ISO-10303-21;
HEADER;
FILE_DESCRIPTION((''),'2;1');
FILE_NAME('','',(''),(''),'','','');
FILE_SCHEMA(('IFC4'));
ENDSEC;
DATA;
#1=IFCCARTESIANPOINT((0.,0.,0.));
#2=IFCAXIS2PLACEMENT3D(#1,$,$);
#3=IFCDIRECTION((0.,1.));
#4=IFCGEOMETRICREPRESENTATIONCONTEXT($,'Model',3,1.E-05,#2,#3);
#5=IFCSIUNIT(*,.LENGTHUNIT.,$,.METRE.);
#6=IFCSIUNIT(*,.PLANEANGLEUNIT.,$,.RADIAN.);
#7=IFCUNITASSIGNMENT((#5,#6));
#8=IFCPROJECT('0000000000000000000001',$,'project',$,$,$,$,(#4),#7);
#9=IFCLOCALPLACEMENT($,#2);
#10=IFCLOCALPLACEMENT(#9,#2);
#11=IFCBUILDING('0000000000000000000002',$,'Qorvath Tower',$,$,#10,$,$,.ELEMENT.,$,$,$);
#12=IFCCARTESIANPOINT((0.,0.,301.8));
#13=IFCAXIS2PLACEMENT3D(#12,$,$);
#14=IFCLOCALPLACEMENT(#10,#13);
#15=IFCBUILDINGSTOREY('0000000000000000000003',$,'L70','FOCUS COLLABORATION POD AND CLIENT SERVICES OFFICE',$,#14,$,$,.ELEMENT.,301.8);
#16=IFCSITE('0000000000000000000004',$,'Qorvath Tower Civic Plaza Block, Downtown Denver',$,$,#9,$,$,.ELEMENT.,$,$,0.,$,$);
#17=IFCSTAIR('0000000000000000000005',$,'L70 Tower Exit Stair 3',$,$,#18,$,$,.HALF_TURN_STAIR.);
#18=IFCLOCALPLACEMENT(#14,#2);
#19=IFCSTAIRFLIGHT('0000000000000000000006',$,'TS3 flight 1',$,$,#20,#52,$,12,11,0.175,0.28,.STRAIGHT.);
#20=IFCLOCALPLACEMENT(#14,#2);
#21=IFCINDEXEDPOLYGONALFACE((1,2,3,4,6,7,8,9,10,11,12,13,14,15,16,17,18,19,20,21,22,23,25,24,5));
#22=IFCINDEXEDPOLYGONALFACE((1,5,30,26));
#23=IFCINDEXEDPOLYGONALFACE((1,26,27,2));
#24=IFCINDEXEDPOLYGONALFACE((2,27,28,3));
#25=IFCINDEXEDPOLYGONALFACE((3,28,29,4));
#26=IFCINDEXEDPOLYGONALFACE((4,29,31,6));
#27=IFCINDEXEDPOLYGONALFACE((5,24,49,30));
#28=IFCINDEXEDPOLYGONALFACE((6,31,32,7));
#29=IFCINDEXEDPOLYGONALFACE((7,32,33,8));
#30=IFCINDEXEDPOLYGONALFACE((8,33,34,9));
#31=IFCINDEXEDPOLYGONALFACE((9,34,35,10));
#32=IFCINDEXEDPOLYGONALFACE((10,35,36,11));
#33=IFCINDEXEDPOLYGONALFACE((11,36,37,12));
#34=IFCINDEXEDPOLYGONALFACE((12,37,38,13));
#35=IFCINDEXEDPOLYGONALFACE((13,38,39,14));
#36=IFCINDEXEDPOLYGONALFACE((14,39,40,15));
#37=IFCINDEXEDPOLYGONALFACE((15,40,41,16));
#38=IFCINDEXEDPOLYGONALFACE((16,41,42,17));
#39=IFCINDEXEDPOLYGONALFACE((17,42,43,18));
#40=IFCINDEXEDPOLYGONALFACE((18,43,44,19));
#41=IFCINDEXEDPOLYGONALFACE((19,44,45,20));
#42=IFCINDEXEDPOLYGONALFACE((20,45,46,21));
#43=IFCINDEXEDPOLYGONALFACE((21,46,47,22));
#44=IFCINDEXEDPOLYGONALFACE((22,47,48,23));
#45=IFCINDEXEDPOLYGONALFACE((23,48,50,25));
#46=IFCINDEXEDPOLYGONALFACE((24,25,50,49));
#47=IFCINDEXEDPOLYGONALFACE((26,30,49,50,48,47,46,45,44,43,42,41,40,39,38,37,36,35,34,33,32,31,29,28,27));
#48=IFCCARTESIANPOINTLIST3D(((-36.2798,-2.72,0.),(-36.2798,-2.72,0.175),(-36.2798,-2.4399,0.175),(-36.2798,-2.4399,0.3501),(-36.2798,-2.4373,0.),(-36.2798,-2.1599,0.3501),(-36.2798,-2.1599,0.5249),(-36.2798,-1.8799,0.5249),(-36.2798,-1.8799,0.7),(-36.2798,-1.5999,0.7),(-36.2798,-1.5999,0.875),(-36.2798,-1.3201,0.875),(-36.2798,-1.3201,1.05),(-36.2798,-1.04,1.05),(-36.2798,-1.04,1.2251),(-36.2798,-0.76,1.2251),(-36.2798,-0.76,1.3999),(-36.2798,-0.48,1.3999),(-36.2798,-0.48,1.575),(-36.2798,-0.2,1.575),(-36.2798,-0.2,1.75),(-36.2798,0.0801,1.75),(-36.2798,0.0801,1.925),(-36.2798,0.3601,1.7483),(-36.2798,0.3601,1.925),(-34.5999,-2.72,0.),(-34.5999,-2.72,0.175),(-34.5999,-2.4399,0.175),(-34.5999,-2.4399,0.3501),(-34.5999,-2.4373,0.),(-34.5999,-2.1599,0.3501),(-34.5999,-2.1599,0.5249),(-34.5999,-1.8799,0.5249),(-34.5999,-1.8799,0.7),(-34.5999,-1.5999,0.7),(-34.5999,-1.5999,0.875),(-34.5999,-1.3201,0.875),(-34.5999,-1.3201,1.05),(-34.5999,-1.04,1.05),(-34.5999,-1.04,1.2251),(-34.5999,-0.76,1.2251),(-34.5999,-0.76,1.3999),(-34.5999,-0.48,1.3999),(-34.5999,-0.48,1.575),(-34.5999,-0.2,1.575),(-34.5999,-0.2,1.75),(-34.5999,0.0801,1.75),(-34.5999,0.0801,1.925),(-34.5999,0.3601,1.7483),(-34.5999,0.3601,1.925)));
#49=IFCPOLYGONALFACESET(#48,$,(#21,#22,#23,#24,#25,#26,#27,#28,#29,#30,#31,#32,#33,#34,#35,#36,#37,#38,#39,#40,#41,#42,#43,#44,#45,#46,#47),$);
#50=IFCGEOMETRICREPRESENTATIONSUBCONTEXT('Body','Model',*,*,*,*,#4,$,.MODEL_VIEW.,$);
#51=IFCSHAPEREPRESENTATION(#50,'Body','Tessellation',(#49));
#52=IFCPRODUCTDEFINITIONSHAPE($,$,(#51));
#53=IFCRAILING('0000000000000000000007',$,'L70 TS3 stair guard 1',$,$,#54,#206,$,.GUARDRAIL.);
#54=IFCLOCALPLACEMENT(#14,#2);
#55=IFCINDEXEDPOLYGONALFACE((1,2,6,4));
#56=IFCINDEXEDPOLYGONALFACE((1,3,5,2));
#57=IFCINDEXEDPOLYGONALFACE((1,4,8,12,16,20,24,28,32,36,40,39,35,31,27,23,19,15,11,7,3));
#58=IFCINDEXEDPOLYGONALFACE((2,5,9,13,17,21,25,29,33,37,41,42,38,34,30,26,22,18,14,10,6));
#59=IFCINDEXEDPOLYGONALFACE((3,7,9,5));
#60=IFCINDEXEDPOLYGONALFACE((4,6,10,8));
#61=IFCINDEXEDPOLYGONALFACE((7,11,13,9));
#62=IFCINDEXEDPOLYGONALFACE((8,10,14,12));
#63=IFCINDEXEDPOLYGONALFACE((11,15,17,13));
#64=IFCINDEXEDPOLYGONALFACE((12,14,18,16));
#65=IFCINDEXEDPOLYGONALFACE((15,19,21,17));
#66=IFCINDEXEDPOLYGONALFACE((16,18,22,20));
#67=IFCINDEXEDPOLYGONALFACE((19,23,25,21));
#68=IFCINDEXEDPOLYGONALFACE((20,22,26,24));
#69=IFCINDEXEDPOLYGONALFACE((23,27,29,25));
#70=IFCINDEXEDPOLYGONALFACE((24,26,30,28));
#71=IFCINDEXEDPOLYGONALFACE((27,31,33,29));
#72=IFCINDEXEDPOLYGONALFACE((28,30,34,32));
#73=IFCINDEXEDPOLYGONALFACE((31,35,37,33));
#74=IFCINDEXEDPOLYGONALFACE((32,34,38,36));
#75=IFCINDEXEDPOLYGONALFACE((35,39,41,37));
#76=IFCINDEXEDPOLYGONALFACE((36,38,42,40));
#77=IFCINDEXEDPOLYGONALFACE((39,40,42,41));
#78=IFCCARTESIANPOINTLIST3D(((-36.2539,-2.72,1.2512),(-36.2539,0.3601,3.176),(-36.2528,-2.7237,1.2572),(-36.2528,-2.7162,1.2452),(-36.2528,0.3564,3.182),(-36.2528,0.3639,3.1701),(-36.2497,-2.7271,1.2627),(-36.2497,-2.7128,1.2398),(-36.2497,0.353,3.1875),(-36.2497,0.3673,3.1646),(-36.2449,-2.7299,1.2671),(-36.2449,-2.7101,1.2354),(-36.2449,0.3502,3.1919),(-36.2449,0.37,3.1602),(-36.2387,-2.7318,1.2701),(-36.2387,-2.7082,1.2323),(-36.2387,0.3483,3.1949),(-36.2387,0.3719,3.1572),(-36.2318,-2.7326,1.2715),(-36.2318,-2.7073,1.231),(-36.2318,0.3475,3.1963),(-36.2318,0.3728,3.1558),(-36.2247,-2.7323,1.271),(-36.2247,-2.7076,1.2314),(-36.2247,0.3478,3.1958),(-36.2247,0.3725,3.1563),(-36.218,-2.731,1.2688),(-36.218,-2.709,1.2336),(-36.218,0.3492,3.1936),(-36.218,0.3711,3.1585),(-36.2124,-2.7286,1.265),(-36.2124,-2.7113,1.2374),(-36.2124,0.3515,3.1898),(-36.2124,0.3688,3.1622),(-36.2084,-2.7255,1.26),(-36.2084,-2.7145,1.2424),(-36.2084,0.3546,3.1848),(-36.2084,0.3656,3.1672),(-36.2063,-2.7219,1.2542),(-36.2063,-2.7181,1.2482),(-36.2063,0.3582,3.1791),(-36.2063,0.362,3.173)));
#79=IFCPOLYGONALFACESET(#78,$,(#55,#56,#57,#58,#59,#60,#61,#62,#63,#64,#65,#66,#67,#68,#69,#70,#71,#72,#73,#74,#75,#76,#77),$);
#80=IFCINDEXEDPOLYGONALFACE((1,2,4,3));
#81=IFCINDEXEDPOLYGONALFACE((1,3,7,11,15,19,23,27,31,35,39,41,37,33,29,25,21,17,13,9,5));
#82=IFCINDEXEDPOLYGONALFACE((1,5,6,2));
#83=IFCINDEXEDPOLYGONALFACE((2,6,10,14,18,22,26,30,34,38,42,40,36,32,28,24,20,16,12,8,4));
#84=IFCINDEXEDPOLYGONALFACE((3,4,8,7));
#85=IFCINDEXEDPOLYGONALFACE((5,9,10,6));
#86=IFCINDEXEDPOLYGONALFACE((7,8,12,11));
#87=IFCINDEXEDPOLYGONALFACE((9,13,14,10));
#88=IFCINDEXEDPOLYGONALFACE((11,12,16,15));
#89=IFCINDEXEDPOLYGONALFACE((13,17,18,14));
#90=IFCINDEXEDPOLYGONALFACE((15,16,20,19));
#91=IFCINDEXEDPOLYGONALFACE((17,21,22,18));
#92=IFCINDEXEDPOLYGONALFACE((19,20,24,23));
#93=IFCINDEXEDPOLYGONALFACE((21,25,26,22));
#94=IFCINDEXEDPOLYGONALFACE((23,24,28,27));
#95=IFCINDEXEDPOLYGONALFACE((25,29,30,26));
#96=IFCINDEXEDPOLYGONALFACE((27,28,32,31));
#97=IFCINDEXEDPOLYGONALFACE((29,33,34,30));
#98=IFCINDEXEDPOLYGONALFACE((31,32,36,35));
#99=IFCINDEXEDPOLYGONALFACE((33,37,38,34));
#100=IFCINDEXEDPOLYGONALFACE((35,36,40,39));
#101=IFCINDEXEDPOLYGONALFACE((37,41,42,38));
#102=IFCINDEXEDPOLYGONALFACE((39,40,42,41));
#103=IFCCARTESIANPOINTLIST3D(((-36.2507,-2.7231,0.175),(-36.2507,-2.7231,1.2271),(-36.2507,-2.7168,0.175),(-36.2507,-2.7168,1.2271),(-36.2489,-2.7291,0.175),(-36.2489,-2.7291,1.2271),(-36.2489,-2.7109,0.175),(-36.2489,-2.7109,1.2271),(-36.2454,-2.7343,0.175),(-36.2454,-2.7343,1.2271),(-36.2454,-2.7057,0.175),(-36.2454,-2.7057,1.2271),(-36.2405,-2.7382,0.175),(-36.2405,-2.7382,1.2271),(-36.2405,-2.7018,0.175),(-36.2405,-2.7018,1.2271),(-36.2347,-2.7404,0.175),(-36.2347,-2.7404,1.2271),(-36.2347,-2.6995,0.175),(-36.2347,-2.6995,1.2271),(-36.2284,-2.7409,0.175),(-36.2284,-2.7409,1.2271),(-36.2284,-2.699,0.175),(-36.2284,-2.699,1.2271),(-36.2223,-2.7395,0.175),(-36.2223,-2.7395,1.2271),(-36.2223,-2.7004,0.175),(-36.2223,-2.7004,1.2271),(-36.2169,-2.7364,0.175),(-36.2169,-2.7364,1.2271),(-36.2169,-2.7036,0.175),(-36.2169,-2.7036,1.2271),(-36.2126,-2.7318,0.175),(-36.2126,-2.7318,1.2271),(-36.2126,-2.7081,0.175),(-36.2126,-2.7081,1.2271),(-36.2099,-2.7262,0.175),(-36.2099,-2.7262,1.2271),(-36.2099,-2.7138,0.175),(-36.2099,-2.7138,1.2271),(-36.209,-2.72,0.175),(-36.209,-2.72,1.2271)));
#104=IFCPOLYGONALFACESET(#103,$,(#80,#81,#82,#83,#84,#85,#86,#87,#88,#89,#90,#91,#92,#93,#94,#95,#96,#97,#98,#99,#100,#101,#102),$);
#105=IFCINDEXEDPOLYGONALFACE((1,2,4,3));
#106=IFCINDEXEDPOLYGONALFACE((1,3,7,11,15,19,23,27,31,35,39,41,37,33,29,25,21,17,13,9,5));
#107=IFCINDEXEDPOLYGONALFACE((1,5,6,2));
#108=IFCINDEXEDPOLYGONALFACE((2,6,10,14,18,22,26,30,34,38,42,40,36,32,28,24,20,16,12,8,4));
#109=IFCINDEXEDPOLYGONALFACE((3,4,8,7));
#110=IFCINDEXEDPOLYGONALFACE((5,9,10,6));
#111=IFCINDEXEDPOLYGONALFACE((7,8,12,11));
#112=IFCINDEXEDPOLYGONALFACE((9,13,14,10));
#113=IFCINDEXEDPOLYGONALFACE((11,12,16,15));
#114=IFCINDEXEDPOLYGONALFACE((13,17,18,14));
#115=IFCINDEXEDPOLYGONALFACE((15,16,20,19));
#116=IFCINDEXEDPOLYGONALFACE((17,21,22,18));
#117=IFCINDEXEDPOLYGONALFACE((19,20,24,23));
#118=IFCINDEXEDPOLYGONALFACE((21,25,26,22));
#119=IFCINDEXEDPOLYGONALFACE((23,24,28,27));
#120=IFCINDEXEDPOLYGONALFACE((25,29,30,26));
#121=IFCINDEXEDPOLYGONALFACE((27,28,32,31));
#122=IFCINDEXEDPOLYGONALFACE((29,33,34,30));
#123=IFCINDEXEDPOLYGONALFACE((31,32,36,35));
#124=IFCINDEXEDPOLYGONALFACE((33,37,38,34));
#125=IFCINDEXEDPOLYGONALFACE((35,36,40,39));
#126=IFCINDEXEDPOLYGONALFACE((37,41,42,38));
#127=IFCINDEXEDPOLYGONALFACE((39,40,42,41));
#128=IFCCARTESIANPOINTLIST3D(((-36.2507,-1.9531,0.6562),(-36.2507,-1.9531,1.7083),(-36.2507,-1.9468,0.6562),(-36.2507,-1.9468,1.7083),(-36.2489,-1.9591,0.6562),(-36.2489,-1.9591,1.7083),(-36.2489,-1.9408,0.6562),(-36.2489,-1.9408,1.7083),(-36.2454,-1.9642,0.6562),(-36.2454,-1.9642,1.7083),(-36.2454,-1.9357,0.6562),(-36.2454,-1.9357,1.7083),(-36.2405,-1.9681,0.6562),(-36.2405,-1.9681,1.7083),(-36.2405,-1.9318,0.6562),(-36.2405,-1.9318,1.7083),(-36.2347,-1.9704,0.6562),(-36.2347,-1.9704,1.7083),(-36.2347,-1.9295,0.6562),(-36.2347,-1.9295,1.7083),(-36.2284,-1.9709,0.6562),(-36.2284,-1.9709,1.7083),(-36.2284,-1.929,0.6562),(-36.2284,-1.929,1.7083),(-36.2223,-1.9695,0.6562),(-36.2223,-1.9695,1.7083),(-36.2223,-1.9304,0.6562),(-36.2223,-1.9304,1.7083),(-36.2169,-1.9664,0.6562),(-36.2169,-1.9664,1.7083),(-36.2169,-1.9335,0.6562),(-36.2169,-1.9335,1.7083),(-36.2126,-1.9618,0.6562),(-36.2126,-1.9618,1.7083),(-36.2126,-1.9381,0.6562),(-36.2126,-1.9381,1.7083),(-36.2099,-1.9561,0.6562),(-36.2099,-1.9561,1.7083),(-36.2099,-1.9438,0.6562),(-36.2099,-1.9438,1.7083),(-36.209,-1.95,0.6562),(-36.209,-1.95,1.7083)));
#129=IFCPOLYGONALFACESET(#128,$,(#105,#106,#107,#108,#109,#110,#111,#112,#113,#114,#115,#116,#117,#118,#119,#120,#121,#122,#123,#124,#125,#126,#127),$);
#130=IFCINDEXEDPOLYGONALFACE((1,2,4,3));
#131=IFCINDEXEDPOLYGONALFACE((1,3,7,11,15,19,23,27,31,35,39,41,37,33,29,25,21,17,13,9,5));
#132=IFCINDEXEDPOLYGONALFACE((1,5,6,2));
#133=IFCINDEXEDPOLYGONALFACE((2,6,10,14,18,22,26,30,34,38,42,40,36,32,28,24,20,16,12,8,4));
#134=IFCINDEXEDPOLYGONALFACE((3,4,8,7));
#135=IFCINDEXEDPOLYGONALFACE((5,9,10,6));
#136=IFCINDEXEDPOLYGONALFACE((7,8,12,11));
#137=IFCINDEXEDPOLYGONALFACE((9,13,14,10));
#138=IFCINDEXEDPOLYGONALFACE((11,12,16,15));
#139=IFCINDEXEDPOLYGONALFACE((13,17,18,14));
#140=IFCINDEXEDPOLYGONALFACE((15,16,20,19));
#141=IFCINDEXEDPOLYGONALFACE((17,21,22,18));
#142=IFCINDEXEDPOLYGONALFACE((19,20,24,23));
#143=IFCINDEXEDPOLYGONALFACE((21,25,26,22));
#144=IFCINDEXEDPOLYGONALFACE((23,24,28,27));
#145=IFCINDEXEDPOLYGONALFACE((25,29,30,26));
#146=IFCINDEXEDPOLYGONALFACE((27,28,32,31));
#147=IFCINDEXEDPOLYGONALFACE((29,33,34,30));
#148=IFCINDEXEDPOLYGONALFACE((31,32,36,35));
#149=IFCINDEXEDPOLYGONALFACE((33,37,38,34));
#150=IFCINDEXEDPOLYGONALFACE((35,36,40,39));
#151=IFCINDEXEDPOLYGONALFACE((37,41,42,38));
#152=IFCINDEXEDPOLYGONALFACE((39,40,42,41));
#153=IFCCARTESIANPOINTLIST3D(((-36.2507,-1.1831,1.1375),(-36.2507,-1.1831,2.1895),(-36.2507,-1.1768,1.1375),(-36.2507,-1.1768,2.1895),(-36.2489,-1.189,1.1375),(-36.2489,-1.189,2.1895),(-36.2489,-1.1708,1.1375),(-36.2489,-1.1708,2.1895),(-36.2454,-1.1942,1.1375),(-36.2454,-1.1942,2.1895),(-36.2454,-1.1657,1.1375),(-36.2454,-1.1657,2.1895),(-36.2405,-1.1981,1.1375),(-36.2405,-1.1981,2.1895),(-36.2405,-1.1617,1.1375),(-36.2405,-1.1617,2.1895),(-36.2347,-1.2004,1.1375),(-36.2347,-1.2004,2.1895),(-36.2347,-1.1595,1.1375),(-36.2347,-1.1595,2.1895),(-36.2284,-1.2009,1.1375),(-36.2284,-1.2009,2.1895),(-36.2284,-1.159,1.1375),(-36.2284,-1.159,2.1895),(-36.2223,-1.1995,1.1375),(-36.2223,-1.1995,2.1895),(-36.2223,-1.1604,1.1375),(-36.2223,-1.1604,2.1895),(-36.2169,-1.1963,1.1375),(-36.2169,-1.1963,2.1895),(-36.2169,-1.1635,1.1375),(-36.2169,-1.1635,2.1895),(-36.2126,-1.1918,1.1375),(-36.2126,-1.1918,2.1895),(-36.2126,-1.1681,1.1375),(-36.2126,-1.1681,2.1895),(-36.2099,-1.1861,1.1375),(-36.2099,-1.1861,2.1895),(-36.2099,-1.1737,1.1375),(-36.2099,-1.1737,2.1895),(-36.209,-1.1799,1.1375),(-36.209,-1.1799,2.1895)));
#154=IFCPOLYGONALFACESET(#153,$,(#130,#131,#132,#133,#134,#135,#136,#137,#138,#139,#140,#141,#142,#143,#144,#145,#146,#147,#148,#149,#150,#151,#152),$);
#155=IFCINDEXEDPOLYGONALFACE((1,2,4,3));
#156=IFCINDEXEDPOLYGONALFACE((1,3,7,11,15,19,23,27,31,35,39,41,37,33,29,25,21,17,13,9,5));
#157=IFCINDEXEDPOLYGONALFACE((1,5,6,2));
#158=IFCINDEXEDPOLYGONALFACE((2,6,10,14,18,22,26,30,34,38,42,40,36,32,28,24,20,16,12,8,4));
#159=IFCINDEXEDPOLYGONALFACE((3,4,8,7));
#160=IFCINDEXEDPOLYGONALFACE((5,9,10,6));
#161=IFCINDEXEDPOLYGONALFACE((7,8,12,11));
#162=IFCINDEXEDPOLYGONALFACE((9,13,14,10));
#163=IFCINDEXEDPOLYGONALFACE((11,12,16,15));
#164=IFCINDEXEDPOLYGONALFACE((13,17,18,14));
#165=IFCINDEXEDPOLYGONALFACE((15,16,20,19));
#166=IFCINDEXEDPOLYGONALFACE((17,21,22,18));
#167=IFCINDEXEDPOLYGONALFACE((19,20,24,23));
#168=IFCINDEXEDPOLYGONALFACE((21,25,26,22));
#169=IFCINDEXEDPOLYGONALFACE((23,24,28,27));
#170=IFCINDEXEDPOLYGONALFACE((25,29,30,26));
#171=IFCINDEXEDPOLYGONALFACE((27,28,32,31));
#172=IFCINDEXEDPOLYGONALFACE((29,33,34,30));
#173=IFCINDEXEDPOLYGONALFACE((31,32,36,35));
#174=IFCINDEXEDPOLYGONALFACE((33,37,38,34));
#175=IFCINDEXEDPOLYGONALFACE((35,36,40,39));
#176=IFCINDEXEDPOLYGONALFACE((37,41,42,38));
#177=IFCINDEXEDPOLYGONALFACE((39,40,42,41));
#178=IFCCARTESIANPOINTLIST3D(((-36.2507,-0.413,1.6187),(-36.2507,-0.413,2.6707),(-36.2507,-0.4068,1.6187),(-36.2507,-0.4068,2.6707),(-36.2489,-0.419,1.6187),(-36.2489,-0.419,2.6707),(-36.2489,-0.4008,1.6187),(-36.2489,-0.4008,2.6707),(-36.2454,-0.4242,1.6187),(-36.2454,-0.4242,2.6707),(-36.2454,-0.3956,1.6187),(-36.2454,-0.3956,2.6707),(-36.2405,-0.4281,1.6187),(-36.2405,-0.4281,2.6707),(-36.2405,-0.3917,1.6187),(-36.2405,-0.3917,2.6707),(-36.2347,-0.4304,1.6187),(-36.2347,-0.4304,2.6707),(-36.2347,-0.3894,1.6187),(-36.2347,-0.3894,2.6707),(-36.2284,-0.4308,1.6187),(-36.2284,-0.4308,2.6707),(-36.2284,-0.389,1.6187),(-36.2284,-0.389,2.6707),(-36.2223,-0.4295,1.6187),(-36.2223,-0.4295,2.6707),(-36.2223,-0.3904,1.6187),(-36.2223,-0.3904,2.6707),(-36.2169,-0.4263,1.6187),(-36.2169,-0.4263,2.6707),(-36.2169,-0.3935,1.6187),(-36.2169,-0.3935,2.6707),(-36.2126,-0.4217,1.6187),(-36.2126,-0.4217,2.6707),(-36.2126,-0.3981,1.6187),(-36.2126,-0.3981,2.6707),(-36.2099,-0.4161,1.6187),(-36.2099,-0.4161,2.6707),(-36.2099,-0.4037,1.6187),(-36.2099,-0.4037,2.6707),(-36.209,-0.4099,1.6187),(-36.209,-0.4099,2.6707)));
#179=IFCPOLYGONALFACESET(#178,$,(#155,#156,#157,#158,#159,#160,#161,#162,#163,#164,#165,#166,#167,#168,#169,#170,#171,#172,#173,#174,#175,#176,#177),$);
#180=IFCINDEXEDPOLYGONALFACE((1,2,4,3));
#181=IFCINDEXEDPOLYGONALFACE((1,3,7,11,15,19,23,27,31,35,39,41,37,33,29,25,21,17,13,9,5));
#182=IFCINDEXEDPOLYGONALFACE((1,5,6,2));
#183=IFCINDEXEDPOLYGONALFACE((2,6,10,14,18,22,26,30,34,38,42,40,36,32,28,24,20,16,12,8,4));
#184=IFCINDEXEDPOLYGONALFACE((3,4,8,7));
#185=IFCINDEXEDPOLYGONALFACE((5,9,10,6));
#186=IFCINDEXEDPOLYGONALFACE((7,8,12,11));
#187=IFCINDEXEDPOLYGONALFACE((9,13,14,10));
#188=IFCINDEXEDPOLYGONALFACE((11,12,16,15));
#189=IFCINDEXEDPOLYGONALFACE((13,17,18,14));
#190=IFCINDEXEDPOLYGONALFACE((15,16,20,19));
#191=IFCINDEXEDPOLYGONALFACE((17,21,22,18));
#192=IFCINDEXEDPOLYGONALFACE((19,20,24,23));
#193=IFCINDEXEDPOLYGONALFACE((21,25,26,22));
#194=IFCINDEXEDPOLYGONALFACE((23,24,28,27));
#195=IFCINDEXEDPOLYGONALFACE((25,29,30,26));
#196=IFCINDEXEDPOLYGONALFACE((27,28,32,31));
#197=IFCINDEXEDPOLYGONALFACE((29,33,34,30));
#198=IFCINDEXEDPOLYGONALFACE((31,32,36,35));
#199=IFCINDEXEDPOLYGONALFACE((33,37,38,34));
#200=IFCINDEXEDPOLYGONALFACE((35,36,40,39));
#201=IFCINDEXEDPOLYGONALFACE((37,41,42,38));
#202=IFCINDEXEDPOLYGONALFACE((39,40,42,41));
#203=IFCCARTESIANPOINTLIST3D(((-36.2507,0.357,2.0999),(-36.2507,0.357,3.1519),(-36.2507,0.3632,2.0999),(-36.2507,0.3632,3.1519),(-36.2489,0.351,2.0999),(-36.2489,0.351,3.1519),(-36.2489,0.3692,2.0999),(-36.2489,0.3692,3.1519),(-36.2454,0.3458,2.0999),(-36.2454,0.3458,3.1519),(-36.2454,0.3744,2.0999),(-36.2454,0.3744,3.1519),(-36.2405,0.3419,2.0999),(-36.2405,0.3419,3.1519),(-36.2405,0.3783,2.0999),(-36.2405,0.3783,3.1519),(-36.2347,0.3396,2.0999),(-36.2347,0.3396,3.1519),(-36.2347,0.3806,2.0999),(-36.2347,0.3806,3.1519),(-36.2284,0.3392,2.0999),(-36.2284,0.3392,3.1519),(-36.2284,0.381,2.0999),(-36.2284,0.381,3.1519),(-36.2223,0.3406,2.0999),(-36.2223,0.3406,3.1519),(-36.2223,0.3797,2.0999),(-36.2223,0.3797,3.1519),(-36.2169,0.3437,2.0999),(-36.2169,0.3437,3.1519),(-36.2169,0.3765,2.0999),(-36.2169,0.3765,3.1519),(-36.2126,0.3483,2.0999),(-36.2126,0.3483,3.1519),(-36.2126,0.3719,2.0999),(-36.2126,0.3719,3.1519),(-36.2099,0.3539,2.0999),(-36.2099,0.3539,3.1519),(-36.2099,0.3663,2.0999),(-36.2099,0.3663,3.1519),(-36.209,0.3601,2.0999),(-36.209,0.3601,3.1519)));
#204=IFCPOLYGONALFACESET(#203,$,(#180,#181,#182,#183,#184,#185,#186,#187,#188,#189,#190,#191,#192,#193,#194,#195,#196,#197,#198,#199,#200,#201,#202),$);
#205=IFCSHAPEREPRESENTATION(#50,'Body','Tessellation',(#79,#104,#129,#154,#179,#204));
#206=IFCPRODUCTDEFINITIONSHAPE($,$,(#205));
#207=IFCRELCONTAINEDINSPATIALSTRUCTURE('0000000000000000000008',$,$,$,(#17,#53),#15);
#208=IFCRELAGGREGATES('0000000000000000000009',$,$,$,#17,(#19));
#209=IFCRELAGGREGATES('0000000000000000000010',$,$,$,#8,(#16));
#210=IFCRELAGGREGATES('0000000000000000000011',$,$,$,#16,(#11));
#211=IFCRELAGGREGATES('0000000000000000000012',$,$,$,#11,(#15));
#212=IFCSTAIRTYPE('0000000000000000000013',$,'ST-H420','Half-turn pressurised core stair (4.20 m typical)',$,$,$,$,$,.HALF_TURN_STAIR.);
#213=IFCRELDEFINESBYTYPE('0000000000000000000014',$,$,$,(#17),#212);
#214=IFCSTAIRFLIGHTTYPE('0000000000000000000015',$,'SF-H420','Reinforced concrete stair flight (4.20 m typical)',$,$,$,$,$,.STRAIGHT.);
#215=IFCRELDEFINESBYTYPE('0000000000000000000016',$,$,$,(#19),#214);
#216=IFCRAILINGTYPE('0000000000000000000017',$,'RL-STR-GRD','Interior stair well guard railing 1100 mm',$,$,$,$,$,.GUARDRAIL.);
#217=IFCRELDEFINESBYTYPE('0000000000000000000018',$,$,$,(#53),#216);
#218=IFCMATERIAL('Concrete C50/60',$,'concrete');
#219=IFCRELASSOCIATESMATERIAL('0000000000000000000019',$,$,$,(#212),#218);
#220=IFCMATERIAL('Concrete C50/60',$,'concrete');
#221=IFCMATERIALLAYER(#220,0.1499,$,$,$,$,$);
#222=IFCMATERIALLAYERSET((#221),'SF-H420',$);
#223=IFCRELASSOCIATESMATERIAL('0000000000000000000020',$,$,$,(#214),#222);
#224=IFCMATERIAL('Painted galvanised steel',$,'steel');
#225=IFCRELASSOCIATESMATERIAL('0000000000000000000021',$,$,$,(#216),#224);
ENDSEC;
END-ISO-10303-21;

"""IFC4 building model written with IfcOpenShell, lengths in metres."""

from ifc_helpers import new_model, si_unit, direction, frame, origin, origin_2d, place, context, subcontext, project, spatial, polyline, circle, outline, extrude, material, layer, layer_set, type_object, element, aggregate, save


model = new_model("IFC4")

# Units and contexts
model_context = context("Model", 3, precision=1e-05, world=origin(), true_north=direction((0.0, 1.0)))
body_context = subcontext(model_context, "Body", "Model", "MODEL_VIEW")
ifc_project = project(units=[si_unit("LENGTHUNIT", "METRE"), si_unit("PLANEANGLEUNIT", "RADIAN")], contexts=[model_context])

# Site, building, storey
site_placement = place(None, origin())
site = spatial("IfcSite", under=ifc_project, at=site_placement, Name="Qorvath Tower Civic Plaza Block, Downtown Denver", CompositionType="ELEMENT", RefElevation=0.0)
building_placement = place(site_placement, origin())
building = spatial("IfcBuilding", under=site, at=building_placement, Name="Qorvath Tower", CompositionType="ELEMENT")
storey_placement = place(building_placement, frame((0.0, 0.0, 301.8)))
storey = spatial("IfcBuildingStorey", under=building, at=storey_placement, Name="L70", Description="FOCUS COLLABORATION POD AND CLIENT SERVICES OFFICE", CompositionType="ELEMENT", Elevation=301.8)

# Stair, stair flight
ifc_material_1 = material(Name="Concrete C50/60", Category="concrete")
stair_type = type_object("IfcStairType", Name="ST-H420", Description="Half-turn pressurised core stair (4.20 m typical)", PredefinedType="HALF_TURN_STAIR", material=ifc_material_1)
stair_placement = place(storey_placement, origin())
stair = element("IfcStair", 1, at=stair_placement, inside=storey, type_object=stair_type, Name="L70 Tower Exit Stair 3", PredefinedType="HALF_TURN_STAIR")
ifc_material_2 = material(Name="Concrete C50/60", Category="concrete")
ifc_layer_1 = layer(ifc_material_2, 0.1499)
ifc_layer_set_1 = layer_set([ifc_layer_1], Name="SF-H420")
stair_flight_type = type_object("IfcStairFlightType", Name="SF-H420", Description="Reinforced concrete stair flight (4.20 m typical)", PredefinedType="STRAIGHT", material=ifc_layer_set_1)
stair_flight_placement = place(storey_placement, frame((-35.4399, -2.72, 0.0), z_axis=(0.0, 0.0, 1.0), x_axis=(0.0, 1.0, 0.0)))
stair_flight = element("IfcStairFlight", 2, at=stair_flight_placement, type_object=stair_flight_type, Name="TS3 flight 1", NumberOfRisers=12, NumberOfTreads=11, PredefinedType="STRAIGHT", RiserHeight=0.175, TreadLength=0.28, context=body_context, shape_type="SweptSolid", body=[
    extrude(outline(polyline([(0.0, 0.0), (0.0, 0.175), (0.28, 0.175), (0.28, 0.3501), (0.5601, 0.3501), (0.5601, 0.5249), (0.8401, 0.5249), (0.8401, 0.7), (1.1201, 0.7), (1.1201, 0.875), (1.3999, 0.875), (1.3999, 1.05), (1.6799, 1.05), (1.6799, 1.2251), (1.96, 1.2251), (1.96, 1.3999), (2.24, 1.3999), (2.24, 1.575), (2.52, 1.575), (2.52, 1.75), (2.8, 1.75), (2.8, 1.925), (3.0801, 1.925), (3.0801, 2.1001), (3.0801, 1.7483), (0.2827, 0.0), (0.0, 0.0)])), frame((0.0, 0.8398, 0.0), z_axis=(0.0, -1.0, 0.0), x_axis=(1.0, 0.0, 0.0)), (0.0, 0.0, 1.0), 1.6799),
])
aggregate(stair, [stair_flight])

# Railing
ifc_material_3 = material(Name="Painted galvanised steel", Category="steel")
railing_type_1 = type_object("IfcRailingType", Name="RL-STR-GRD", Description="Interior stair well guard railing 1100 mm", PredefinedType="GUARDRAIL", material=ifc_material_3)
railing_1_placement = place(storey_placement, frame((-36.23, -2.72, 0.175)))
element("IfcRailing", 3, at=railing_1_placement, inside=storey, type_object=railing_type_1, Name="L70 TS3 stair guard 1", PredefinedType="GUARDRAIL", context=body_context, shape_type="SweptSolid", body=[
    extrude(circle(Radius=0.0239, at=origin_2d()), frame((0.0, 0.0, 1.0762), z_axis=(0.0, 0.848029, 0.529951), x_axis=(-1.0, 0.0, 0.0)), (0.0, 0.0, 1.0), 3.6321),
    extrude(circle(Radius=0.021, at=origin_2d()), origin(), (0.0, 0.0, 1.0), 1.052),
    extrude(circle(Radius=0.021, at=origin_2d()), frame((0.0, 0.77, 0.4812)), (0.0, 0.0, 1.0), 1.052),
    extrude(circle(Radius=0.021, at=origin_2d()), frame((0.0, 1.54, 0.9624)), (0.0, 0.0, 1.0), 1.052),
    extrude(circle(Radius=0.021, at=origin_2d()), frame((0.0, 2.3101, 1.4436)), (0.0, 0.0, 1.0), 1.052),
    extrude(circle(Radius=0.021, at=origin_2d()), frame((0.0, 3.0801, 1.9248)), (0.0, 0.0, 1.0), 1.052),
])

save(model, "model.ifc")
